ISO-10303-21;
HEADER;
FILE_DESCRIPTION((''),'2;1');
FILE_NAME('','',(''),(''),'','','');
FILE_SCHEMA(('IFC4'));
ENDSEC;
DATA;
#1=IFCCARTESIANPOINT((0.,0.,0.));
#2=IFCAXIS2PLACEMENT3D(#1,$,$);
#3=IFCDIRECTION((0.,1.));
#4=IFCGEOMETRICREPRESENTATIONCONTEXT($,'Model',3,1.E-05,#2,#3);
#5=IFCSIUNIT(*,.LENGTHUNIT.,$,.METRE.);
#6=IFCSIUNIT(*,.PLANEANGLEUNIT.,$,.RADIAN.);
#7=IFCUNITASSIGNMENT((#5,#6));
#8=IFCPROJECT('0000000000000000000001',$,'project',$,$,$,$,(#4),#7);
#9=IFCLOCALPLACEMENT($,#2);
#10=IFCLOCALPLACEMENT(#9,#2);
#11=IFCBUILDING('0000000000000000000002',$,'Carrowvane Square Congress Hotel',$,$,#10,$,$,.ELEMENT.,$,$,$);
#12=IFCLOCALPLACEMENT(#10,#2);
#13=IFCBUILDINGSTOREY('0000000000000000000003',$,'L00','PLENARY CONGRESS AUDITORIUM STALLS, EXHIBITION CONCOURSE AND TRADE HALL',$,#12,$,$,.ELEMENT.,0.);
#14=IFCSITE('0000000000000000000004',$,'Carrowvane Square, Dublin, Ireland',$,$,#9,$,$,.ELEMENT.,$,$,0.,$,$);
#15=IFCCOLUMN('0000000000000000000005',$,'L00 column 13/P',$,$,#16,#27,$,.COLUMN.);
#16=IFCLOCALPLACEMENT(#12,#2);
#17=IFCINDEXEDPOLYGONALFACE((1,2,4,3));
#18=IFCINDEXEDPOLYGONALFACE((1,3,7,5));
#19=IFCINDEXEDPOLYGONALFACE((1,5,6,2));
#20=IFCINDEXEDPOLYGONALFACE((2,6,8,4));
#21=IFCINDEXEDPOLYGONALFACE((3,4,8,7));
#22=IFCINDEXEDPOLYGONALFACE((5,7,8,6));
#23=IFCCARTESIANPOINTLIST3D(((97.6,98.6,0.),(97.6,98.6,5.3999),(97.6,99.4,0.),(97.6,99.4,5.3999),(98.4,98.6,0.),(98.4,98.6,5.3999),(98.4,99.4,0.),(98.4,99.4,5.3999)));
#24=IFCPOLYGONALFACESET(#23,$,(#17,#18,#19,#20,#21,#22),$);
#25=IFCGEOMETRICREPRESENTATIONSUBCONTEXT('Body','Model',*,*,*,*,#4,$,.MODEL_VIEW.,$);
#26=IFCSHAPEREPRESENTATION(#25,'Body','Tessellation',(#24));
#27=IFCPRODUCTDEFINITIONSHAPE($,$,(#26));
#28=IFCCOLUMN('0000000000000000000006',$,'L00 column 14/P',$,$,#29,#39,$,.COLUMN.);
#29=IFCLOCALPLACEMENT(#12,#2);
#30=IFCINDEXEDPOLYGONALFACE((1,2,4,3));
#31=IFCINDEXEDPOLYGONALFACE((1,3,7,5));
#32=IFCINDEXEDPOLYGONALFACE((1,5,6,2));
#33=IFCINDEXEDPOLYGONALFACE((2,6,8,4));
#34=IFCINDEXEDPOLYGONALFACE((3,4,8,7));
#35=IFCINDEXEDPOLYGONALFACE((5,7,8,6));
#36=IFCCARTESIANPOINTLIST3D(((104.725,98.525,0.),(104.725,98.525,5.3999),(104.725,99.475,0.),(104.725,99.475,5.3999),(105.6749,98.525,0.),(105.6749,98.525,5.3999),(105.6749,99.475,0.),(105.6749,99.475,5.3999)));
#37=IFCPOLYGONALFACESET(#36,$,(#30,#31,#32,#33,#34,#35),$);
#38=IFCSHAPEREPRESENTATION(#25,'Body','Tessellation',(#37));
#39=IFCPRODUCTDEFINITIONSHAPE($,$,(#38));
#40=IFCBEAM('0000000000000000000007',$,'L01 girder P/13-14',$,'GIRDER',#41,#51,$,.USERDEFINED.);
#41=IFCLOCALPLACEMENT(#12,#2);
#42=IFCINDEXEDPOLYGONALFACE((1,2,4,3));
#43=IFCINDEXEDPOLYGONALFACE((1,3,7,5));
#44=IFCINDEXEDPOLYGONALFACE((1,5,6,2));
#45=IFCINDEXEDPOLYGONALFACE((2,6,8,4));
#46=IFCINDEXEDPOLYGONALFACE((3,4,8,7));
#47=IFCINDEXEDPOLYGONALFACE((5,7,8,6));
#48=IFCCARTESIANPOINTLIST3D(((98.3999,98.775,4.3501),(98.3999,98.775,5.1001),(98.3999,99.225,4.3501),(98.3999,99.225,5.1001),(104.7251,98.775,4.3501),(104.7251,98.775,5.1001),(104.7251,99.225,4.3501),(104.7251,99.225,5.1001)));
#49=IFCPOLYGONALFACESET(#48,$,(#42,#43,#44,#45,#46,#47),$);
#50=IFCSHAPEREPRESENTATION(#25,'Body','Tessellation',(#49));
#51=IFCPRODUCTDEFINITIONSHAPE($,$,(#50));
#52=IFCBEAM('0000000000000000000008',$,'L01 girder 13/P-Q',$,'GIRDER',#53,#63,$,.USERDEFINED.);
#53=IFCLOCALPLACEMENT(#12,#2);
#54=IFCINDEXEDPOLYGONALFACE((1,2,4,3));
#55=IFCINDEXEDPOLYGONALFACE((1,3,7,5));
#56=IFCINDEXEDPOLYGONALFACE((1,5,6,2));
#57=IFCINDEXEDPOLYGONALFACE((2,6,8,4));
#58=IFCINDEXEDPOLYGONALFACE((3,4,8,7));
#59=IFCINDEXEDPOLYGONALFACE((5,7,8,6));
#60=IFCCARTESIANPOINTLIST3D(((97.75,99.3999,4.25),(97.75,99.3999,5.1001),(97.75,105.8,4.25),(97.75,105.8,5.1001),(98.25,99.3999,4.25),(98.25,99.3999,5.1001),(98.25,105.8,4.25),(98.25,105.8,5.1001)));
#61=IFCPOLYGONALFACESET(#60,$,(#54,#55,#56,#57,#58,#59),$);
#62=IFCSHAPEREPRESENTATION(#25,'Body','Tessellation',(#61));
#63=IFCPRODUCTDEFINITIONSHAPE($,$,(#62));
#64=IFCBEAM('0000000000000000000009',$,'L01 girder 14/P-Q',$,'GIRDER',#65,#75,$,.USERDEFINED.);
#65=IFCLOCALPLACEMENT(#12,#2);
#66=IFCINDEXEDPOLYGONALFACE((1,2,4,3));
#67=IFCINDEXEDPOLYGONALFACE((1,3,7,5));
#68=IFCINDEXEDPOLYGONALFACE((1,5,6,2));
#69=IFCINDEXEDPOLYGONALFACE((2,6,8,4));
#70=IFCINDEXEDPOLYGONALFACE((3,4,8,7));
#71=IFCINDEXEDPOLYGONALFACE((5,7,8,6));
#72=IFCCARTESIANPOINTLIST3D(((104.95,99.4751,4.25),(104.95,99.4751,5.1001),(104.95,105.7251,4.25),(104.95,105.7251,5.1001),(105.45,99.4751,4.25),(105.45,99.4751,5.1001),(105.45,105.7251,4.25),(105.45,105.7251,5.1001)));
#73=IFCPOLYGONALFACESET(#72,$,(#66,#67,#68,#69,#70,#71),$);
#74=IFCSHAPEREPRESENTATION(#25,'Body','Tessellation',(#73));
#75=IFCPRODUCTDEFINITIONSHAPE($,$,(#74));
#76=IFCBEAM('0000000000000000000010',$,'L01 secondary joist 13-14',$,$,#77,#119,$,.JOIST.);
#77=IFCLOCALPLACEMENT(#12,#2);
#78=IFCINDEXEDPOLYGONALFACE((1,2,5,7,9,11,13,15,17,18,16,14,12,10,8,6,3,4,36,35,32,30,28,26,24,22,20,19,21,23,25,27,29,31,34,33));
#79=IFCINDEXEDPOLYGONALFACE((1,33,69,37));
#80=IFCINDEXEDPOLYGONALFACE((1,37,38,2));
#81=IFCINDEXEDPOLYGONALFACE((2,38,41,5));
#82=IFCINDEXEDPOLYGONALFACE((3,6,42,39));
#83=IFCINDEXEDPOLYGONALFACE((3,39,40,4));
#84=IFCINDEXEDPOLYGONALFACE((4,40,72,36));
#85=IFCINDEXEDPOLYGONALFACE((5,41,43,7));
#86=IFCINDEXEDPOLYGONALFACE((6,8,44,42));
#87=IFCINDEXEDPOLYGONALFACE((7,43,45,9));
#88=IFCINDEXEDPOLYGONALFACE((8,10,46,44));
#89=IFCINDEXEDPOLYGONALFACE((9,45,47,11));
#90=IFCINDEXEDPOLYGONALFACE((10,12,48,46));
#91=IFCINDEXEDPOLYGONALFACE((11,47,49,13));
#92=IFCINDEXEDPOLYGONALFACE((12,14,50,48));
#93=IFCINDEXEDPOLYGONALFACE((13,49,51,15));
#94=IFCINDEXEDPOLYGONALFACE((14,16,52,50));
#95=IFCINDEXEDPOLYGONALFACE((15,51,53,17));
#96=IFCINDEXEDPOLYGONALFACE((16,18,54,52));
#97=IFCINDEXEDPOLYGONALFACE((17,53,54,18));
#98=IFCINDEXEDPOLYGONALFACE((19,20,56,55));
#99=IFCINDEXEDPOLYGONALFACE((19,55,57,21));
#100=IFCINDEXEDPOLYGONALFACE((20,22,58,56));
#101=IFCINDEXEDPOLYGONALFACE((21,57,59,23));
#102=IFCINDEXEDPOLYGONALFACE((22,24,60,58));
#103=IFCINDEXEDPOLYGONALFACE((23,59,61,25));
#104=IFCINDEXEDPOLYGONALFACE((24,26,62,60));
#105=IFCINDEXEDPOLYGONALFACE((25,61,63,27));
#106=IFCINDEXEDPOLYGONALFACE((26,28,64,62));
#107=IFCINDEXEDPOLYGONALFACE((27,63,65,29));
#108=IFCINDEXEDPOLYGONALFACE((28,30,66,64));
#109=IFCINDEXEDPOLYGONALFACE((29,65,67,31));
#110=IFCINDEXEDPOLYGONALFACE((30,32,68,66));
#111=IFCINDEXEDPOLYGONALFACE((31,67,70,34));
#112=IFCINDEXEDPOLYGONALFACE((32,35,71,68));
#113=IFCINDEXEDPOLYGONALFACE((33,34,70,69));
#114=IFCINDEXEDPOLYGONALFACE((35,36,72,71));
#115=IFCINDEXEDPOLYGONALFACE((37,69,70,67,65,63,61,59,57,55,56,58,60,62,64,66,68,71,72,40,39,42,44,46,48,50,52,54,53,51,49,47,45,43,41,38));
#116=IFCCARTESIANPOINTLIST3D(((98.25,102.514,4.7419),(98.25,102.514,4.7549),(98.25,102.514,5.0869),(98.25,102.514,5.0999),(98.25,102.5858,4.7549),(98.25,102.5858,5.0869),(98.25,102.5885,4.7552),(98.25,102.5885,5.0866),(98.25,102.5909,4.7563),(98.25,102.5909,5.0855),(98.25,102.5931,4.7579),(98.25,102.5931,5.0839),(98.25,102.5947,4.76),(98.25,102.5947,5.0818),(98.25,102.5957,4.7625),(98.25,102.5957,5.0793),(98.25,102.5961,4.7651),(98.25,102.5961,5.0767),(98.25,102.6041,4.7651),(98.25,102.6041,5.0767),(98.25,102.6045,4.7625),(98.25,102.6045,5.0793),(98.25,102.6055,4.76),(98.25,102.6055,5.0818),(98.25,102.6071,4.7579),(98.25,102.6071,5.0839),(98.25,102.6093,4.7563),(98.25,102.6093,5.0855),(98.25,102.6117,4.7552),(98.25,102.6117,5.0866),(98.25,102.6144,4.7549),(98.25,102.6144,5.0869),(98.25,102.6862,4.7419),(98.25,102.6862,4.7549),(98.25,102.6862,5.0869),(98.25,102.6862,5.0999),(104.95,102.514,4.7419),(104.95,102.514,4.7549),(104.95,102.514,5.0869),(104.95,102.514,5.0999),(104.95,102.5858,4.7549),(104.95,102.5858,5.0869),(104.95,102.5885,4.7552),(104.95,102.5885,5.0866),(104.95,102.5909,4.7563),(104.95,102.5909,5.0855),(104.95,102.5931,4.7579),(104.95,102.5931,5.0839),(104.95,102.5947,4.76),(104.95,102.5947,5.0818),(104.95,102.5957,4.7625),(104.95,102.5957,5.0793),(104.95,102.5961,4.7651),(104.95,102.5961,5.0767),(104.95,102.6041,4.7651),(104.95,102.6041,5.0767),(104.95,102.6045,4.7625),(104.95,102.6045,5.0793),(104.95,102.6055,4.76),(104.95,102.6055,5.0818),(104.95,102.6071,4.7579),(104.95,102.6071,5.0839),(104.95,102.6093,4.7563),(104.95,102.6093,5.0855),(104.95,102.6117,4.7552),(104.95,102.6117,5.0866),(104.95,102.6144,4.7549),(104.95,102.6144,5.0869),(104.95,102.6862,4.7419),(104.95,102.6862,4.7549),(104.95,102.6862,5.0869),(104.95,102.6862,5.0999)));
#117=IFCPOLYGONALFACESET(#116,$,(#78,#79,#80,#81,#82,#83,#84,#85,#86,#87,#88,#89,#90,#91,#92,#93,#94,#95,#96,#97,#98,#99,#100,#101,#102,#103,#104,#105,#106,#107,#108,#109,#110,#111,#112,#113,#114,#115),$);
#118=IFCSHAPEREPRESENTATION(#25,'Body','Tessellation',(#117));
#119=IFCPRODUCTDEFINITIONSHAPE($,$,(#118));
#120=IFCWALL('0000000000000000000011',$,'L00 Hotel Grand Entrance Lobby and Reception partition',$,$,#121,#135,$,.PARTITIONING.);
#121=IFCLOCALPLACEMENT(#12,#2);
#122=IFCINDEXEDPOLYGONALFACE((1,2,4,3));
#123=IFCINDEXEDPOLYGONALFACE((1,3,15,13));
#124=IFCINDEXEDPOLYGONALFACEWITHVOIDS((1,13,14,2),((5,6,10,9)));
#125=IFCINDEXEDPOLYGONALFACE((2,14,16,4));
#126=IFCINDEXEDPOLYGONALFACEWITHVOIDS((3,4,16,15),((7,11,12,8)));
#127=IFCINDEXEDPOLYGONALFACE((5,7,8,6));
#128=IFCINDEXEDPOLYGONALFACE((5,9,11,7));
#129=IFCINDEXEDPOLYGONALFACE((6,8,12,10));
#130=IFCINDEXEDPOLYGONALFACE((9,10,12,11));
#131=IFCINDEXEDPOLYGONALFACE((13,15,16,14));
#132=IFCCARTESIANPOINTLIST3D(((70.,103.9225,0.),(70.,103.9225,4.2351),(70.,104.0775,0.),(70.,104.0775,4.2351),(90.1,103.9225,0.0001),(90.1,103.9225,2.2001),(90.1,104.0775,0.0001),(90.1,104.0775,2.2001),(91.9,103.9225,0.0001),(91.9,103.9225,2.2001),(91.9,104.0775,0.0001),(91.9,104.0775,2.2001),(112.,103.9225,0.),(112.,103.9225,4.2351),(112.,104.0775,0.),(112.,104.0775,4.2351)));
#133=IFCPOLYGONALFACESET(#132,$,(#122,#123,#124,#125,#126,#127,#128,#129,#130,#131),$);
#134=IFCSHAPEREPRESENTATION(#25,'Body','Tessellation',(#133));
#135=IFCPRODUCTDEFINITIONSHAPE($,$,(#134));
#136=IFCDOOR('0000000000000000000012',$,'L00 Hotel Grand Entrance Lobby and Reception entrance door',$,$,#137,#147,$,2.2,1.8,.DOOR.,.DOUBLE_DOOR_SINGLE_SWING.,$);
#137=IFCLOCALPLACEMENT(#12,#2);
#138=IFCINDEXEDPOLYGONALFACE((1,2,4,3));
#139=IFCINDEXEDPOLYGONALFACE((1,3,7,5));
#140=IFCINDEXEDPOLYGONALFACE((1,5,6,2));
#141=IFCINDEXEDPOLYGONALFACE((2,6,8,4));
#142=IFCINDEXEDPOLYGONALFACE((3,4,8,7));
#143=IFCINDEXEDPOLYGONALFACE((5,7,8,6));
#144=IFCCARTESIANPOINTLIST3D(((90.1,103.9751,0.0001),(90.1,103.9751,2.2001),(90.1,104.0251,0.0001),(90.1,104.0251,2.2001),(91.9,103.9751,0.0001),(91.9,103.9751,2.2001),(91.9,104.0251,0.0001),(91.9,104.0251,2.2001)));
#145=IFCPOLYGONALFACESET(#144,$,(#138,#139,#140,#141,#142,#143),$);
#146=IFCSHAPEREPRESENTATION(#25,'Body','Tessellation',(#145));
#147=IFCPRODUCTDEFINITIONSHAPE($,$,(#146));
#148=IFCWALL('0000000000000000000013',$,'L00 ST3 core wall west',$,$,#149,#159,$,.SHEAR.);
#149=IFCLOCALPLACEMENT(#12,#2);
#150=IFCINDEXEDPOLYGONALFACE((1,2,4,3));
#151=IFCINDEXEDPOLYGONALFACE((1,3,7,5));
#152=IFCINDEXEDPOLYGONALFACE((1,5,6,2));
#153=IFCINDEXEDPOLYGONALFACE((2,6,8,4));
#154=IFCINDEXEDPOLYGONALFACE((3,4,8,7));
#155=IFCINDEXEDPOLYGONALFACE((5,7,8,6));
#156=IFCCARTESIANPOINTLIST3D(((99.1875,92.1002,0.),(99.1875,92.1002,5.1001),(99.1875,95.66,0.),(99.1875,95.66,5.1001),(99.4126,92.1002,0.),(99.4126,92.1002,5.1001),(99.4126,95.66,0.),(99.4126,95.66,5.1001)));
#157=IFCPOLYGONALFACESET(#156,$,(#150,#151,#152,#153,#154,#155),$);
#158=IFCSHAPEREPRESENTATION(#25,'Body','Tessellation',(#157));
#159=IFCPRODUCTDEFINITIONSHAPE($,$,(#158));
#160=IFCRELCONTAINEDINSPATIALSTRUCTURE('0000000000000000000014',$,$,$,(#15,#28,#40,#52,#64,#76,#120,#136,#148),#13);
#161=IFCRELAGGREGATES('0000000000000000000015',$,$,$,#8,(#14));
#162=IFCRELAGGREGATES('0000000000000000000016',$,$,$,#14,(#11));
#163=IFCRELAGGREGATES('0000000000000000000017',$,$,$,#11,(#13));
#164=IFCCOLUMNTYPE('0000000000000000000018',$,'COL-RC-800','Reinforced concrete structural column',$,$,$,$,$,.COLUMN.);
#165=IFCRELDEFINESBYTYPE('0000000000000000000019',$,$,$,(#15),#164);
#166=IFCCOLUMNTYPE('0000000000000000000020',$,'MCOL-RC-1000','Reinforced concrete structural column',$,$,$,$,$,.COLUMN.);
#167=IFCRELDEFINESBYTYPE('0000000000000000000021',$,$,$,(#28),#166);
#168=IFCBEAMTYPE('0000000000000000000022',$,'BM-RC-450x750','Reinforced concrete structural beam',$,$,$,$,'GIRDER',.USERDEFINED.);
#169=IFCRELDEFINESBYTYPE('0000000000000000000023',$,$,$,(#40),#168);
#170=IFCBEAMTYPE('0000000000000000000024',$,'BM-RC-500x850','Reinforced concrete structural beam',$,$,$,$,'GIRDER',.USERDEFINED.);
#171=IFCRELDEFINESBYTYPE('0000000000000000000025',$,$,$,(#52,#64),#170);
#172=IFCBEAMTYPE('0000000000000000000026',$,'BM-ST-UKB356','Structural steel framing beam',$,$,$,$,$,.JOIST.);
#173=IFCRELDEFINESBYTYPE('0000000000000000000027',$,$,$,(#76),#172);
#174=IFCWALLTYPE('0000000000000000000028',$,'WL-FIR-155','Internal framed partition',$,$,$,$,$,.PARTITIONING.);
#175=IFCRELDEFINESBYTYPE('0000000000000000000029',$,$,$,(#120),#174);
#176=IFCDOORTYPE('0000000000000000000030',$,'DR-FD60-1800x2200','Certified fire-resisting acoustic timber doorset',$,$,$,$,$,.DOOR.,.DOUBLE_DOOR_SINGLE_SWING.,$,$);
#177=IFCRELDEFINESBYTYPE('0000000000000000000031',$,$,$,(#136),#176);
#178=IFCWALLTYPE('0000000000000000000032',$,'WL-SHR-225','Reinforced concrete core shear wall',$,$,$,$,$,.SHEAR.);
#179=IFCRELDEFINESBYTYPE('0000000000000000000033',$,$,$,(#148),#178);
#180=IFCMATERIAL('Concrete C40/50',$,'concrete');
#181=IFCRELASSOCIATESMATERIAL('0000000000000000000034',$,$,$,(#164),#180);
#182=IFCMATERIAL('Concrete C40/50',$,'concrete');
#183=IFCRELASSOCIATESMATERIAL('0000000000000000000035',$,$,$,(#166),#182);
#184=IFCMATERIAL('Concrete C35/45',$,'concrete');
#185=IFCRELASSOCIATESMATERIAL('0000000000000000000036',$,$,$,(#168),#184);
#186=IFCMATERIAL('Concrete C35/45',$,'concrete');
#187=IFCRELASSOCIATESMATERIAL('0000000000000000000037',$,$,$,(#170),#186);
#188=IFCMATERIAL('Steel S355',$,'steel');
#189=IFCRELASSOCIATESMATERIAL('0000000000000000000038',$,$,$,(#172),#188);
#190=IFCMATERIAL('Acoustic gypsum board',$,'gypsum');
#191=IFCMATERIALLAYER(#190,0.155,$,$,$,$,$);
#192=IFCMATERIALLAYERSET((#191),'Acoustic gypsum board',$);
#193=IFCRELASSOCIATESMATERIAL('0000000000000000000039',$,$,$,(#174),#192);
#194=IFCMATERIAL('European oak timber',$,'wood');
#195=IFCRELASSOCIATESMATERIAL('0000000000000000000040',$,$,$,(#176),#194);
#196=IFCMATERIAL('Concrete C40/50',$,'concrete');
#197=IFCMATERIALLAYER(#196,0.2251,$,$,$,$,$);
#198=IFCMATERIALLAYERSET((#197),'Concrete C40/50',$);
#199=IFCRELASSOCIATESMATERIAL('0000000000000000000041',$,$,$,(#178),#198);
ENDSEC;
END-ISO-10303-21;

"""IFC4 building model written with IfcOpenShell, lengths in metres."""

from ifc_helpers import new_model, si_unit, direction, frame, frame_2d, origin, origin_2d, place, context, subcontext, project, spatial, rectangle, i_section, extrude, material, layer, layer_set, material_profile, profile_set, type_object, element, fill, save


model = new_model("IFC4")

# Units and contexts
model_context = context("Model", 3, precision=1e-05, world=origin(), true_north=direction((0.0, 1.0)))
body_context = subcontext(model_context, "Body", "Model", "MODEL_VIEW")
ifc_project = project(units=[si_unit("LENGTHUNIT", "METRE"), si_unit("PLANEANGLEUNIT", "RADIAN")], contexts=[model_context])

# Site, building, storey
site_placement = place(None, origin())
site = spatial("IfcSite", under=ifc_project, at=site_placement, Name="Carrowvane Square, Dublin, Ireland", CompositionType="ELEMENT", RefElevation=0.0)
building_placement = place(site_placement, origin())
building = spatial("IfcBuilding", under=site, at=building_placement, Name="Carrowvane Square Congress Hotel", CompositionType="ELEMENT")
storey_placement = place(building_placement, origin())
storey = spatial("IfcBuildingStorey", under=building, at=storey_placement, Name="L00", Description="PLENARY CONGRESS AUDITORIUM STALLS, EXHIBITION CONCOURSE AND TRADE HALL", CompositionType="ELEMENT", Elevation=0.0)

# Columns
ifc_material_1 = material(Name="Concrete C40/50", Category="concrete")
ifc_material_profile_1 = material_profile(ifc_material_1, rectangle(XDim=0.8, YDim=0.8, at=origin_2d()), Name="RC 800x800")
ifc_profile_set_1 = profile_set([ifc_material_profile_1], Name="Concrete C40/50")
column_type_1 = type_object("IfcColumnType", Name="COL-RC-800", Description="Reinforced concrete structural column", PredefinedType="COLUMN", material=ifc_profile_set_1)
column_1_placement = place(storey_placement, frame((98.0, 99.0, 0.0), z_axis=(0.0, 0.0, 1.0), x_axis=(1.0, 0.0, 0.0)))
element("IfcColumn", 1, at=column_1_placement, inside=storey, type_object=column_type_1, Name="L00 column 13/P", PredefinedType="COLUMN", context=body_context, shape_type="SweptSolid", body=[
    extrude(rectangle(XDim=0.8, YDim=0.8, at=origin_2d()), origin(), (0.0, 0.0, 1.0), 5.3999),
])
ifc_material_2 = material(Name="Concrete C40/50", Category="concrete")
ifc_material_profile_2 = material_profile(ifc_material_2, rectangle(XDim=0.95, YDim=0.95, at=origin_2d()), Name="RC 950x950")
ifc_profile_set_2 = profile_set([ifc_material_profile_2], Name="Concrete C40/50")
column_type_2 = type_object("IfcColumnType", Name="MCOL-RC-1000", Description="Reinforced concrete structural column", PredefinedType="COLUMN", material=ifc_profile_set_2)
column_2_placement = place(storey_placement, frame((105.2, 99.0, 0.0), z_axis=(0.0, 0.0, 1.0), x_axis=(1.0, 0.0, 0.0)))
element("IfcColumn", 2, at=column_2_placement, inside=storey, type_object=column_type_2, Name="L00 column 14/P", PredefinedType="COLUMN", context=body_context, shape_type="SweptSolid", body=[
    extrude(rectangle(XDim=0.95, YDim=0.95, at=origin_2d()), origin(), (0.0, 0.0, 1.0), 5.3999),
])

# Beams
ifc_material_3 = material(Name="Concrete C35/45", Category="concrete")
ifc_material_profile_3 = material_profile(ifc_material_3, rectangle(XDim=0.45, YDim=0.75, at=origin_2d()), Name="RC 450x750")
ifc_profile_set_3 = profile_set([ifc_material_profile_3], Name="Concrete C35/45")
beam_type_1 = type_object("IfcBeamType", Name="BM-RC-450x750", Description="Reinforced concrete structural beam", ElementType="GIRDER", PredefinedType="USERDEFINED", material=ifc_profile_set_3)
beam_1_placement = place(storey_placement, frame((98.3999, 99.0, 4.7251), z_axis=(1.0, 0.0, 0.0), x_axis=(0.0, 1.0, 0.0)))
element("IfcBeam", 3, at=beam_1_placement, inside=storey, type_object=beam_type_1, Name="L01 girder P/13-14", ObjectType="GIRDER", PredefinedType="USERDEFINED", context=body_context, shape_type="SweptSolid", body=[
    extrude(rectangle(XDim=0.45, YDim=0.75, at=origin_2d()), origin(), (0.0, 0.0, 1.0), 6.3252),
])
ifc_material_4 = material(Name="Concrete C35/45", Category="concrete")
ifc_material_profile_4 = material_profile(ifc_material_4, rectangle(XDim=0.5, YDim=0.8501, at=origin_2d()), Name="RC 500x850")
ifc_profile_set_4 = profile_set([ifc_material_profile_4], Name="Concrete C35/45")
beam_type_2 = type_object("IfcBeamType", Name="BM-RC-500x850", Description="Reinforced concrete structural beam", ElementType="GIRDER", PredefinedType="USERDEFINED", material=ifc_profile_set_4)
beam_2_placement = place(storey_placement, frame((98.0, 99.3999, 4.675), z_axis=(0.0, 1.0, 0.0), x_axis=(-1.0, 0.0, 0.0)))
element("IfcBeam", 4, at=beam_2_placement, inside=storey, type_object=beam_type_2, Name="L01 girder 13/P-Q", ObjectType="GIRDER", PredefinedType="USERDEFINED", context=body_context, shape_type="SweptSolid", body=[
    extrude(rectangle(XDim=0.5, YDim=0.8501, at=origin_2d()), origin(), (0.0, 0.0, 1.0), 6.4001),
])
beam_3_placement = place(storey_placement, frame((105.2, 99.4751, 4.675), z_axis=(0.0, 1.0, 0.0), x_axis=(-1.0, 0.0, 0.0)))
element("IfcBeam", 5, at=beam_3_placement, inside=storey, type_object=beam_type_2, Name="L01 girder 14/P-Q", ObjectType="GIRDER", PredefinedType="USERDEFINED", context=body_context, shape_type="SweptSolid", body=[
    extrude(rectangle(XDim=0.5, YDim=0.8501, at=origin_2d()), origin(), (0.0, 0.0, 1.0), 6.25),
])
ifc_material_5 = material(Name="Steel S355", Category="steel")
ifc_material_profile_5 = material_profile(ifc_material_5, i_section(OverallWidth=0.1721, OverallDepth=0.3579, WebThickness=0.0081, FlangeThickness=0.0129, FilletRadius=0.0103, at=origin_2d()), Name="UKB 356x171x57")
ifc_profile_set_5 = profile_set([ifc_material_profile_5], Name="Steel S355")
beam_type_3 = type_object("IfcBeamType", Name="BM-ST-UKB356", Description="Structural steel framing beam", PredefinedType="JOIST", material=ifc_profile_set_5)
beam_4_placement = place(storey_placement, frame((98.25, 102.6001, 4.9209), z_axis=(1.0, 0.0, 0.0), x_axis=(0.0, 1.0, 0.0)))
element("IfcBeam", 6, at=beam_4_placement, inside=storey, type_object=beam_type_3, Name="L01 secondary joist 13-14", PredefinedType="JOIST", context=body_context, shape_type="SweptSolid", body=[
    extrude(i_section(OverallWidth=0.1721, OverallDepth=0.3579, WebThickness=0.0081, FlangeThickness=0.0129, FilletRadius=0.0103, at=origin_2d()), origin(), (0.0, 0.0, 1.0), 6.7),
])

# Wall, opening, door
ifc_material_6 = material(Name="Acoustic gypsum board", Category="gypsum")
ifc_layer_1 = layer(ifc_material_6, 0.155)
ifc_layer_set_1 = layer_set([ifc_layer_1], Name="Acoustic gypsum board")
wall_type_1 = type_object("IfcWallType", Name="WL-FIR-155", Description="Internal framed partition", PredefinedType="PARTITIONING", material=ifc_layer_set_1)
wall_1_placement = place(storey_placement, frame((112.0, 104.0, 0.0), z_axis=(0.0, 0.0, 1.0), x_axis=(-1.0, 0.0, 0.0)))
wall_1 = element("IfcWall", 7, at=wall_1_placement, inside=storey, type_object=wall_type_1, Name="L00 Hotel Grand Entrance Lobby and Reception partition", PredefinedType="PARTITIONING", context=body_context, shape_type="SweptSolid", body=[
    extrude(rectangle(XDim=42.0, YDim=0.155, at=frame_2d((21.0, 0.0))), origin(), (0.0, 0.0, 1.0), 4.2351),
])
opening_1_placement = place(wall_1_placement, frame((20.1001, 0.0, 0.0)))
opening_1 = element("IfcOpeningElement", 8, at=opening_1_placement, cuts=wall_1, PredefinedType="OPENING", context=body_context, shape_type="SweptSolid", body=[
    extrude(rectangle(XDim=1.8, YDim=2.2, at=frame_2d((0.8999, 1.1001))), frame((0.0, 0.0874, 0.0), z_axis=(0.0, -1.0, 0.0), x_axis=(1.0, 0.0, 0.0)), (0.0, 0.0, 1.0), 0.175),
])
ifc_material_7 = material(Name="European oak timber", Category="wood")
door_type_1 = type_object("IfcDoorType", Name="DR-FD60-1800x2200", Description="Certified fire-resisting acoustic timber doorset", OperationType="DOUBLE_DOOR_SINGLE_SWING", PredefinedType="DOOR", material=ifc_material_7)
door_1_placement = place(opening_1_placement, origin())
door_1 = element("IfcDoor", 9, at=door_1_placement, inside=storey, type_object=door_type_1, Name="L00 Hotel Grand Entrance Lobby and Reception entrance door", OperationType="DOUBLE_DOOR_SINGLE_SWING", OverallHeight=2.2, OverallWidth=1.8, PredefinedType="DOOR", context=body_context, shape_type="SweptSolid", body=[
    extrude(rectangle(XDim=1.8, YDim=2.2, at=frame_2d((0.8999, 1.1001))), frame((0.0, 0.0249, 0.0), z_axis=(0.0, -1.0, 0.0), x_axis=(1.0, 0.0, 0.0)), (0.0, 0.0, 1.0), 0.05),
])
fill(opening_1, door_1)

# Wall
ifc_material_8 = material(Name="Concrete C40/50", Category="concrete")
ifc_layer_2 = layer(ifc_material_8, 0.2251)
ifc_layer_set_2 = layer_set([ifc_layer_2], Name="Concrete C40/50")
wall_type_2 = type_object("IfcWallType", Name="WL-SHR-225", Description="Reinforced concrete core shear wall", PredefinedType="SHEAR", material=ifc_layer_set_2)
wall_2_placement = place(storey_placement, frame((99.3, 95.6599, 0.0), z_axis=(0.0, 0.0, 1.0), x_axis=(0.0, -1.0, 0.0)))
element("IfcWall", 10, at=wall_2_placement, inside=storey, type_object=wall_type_2, Name="L00 ST3 core wall west", PredefinedType="SHEAR", context=body_context, shape_type="SweptSolid", body=[
    extrude(rectangle(XDim=3.5598, YDim=0.2251, at=frame_2d((1.7798, 0.0))), origin(), (0.0, 0.0, 1.0), 5.1001),
])

save(model, "model.ifc")
